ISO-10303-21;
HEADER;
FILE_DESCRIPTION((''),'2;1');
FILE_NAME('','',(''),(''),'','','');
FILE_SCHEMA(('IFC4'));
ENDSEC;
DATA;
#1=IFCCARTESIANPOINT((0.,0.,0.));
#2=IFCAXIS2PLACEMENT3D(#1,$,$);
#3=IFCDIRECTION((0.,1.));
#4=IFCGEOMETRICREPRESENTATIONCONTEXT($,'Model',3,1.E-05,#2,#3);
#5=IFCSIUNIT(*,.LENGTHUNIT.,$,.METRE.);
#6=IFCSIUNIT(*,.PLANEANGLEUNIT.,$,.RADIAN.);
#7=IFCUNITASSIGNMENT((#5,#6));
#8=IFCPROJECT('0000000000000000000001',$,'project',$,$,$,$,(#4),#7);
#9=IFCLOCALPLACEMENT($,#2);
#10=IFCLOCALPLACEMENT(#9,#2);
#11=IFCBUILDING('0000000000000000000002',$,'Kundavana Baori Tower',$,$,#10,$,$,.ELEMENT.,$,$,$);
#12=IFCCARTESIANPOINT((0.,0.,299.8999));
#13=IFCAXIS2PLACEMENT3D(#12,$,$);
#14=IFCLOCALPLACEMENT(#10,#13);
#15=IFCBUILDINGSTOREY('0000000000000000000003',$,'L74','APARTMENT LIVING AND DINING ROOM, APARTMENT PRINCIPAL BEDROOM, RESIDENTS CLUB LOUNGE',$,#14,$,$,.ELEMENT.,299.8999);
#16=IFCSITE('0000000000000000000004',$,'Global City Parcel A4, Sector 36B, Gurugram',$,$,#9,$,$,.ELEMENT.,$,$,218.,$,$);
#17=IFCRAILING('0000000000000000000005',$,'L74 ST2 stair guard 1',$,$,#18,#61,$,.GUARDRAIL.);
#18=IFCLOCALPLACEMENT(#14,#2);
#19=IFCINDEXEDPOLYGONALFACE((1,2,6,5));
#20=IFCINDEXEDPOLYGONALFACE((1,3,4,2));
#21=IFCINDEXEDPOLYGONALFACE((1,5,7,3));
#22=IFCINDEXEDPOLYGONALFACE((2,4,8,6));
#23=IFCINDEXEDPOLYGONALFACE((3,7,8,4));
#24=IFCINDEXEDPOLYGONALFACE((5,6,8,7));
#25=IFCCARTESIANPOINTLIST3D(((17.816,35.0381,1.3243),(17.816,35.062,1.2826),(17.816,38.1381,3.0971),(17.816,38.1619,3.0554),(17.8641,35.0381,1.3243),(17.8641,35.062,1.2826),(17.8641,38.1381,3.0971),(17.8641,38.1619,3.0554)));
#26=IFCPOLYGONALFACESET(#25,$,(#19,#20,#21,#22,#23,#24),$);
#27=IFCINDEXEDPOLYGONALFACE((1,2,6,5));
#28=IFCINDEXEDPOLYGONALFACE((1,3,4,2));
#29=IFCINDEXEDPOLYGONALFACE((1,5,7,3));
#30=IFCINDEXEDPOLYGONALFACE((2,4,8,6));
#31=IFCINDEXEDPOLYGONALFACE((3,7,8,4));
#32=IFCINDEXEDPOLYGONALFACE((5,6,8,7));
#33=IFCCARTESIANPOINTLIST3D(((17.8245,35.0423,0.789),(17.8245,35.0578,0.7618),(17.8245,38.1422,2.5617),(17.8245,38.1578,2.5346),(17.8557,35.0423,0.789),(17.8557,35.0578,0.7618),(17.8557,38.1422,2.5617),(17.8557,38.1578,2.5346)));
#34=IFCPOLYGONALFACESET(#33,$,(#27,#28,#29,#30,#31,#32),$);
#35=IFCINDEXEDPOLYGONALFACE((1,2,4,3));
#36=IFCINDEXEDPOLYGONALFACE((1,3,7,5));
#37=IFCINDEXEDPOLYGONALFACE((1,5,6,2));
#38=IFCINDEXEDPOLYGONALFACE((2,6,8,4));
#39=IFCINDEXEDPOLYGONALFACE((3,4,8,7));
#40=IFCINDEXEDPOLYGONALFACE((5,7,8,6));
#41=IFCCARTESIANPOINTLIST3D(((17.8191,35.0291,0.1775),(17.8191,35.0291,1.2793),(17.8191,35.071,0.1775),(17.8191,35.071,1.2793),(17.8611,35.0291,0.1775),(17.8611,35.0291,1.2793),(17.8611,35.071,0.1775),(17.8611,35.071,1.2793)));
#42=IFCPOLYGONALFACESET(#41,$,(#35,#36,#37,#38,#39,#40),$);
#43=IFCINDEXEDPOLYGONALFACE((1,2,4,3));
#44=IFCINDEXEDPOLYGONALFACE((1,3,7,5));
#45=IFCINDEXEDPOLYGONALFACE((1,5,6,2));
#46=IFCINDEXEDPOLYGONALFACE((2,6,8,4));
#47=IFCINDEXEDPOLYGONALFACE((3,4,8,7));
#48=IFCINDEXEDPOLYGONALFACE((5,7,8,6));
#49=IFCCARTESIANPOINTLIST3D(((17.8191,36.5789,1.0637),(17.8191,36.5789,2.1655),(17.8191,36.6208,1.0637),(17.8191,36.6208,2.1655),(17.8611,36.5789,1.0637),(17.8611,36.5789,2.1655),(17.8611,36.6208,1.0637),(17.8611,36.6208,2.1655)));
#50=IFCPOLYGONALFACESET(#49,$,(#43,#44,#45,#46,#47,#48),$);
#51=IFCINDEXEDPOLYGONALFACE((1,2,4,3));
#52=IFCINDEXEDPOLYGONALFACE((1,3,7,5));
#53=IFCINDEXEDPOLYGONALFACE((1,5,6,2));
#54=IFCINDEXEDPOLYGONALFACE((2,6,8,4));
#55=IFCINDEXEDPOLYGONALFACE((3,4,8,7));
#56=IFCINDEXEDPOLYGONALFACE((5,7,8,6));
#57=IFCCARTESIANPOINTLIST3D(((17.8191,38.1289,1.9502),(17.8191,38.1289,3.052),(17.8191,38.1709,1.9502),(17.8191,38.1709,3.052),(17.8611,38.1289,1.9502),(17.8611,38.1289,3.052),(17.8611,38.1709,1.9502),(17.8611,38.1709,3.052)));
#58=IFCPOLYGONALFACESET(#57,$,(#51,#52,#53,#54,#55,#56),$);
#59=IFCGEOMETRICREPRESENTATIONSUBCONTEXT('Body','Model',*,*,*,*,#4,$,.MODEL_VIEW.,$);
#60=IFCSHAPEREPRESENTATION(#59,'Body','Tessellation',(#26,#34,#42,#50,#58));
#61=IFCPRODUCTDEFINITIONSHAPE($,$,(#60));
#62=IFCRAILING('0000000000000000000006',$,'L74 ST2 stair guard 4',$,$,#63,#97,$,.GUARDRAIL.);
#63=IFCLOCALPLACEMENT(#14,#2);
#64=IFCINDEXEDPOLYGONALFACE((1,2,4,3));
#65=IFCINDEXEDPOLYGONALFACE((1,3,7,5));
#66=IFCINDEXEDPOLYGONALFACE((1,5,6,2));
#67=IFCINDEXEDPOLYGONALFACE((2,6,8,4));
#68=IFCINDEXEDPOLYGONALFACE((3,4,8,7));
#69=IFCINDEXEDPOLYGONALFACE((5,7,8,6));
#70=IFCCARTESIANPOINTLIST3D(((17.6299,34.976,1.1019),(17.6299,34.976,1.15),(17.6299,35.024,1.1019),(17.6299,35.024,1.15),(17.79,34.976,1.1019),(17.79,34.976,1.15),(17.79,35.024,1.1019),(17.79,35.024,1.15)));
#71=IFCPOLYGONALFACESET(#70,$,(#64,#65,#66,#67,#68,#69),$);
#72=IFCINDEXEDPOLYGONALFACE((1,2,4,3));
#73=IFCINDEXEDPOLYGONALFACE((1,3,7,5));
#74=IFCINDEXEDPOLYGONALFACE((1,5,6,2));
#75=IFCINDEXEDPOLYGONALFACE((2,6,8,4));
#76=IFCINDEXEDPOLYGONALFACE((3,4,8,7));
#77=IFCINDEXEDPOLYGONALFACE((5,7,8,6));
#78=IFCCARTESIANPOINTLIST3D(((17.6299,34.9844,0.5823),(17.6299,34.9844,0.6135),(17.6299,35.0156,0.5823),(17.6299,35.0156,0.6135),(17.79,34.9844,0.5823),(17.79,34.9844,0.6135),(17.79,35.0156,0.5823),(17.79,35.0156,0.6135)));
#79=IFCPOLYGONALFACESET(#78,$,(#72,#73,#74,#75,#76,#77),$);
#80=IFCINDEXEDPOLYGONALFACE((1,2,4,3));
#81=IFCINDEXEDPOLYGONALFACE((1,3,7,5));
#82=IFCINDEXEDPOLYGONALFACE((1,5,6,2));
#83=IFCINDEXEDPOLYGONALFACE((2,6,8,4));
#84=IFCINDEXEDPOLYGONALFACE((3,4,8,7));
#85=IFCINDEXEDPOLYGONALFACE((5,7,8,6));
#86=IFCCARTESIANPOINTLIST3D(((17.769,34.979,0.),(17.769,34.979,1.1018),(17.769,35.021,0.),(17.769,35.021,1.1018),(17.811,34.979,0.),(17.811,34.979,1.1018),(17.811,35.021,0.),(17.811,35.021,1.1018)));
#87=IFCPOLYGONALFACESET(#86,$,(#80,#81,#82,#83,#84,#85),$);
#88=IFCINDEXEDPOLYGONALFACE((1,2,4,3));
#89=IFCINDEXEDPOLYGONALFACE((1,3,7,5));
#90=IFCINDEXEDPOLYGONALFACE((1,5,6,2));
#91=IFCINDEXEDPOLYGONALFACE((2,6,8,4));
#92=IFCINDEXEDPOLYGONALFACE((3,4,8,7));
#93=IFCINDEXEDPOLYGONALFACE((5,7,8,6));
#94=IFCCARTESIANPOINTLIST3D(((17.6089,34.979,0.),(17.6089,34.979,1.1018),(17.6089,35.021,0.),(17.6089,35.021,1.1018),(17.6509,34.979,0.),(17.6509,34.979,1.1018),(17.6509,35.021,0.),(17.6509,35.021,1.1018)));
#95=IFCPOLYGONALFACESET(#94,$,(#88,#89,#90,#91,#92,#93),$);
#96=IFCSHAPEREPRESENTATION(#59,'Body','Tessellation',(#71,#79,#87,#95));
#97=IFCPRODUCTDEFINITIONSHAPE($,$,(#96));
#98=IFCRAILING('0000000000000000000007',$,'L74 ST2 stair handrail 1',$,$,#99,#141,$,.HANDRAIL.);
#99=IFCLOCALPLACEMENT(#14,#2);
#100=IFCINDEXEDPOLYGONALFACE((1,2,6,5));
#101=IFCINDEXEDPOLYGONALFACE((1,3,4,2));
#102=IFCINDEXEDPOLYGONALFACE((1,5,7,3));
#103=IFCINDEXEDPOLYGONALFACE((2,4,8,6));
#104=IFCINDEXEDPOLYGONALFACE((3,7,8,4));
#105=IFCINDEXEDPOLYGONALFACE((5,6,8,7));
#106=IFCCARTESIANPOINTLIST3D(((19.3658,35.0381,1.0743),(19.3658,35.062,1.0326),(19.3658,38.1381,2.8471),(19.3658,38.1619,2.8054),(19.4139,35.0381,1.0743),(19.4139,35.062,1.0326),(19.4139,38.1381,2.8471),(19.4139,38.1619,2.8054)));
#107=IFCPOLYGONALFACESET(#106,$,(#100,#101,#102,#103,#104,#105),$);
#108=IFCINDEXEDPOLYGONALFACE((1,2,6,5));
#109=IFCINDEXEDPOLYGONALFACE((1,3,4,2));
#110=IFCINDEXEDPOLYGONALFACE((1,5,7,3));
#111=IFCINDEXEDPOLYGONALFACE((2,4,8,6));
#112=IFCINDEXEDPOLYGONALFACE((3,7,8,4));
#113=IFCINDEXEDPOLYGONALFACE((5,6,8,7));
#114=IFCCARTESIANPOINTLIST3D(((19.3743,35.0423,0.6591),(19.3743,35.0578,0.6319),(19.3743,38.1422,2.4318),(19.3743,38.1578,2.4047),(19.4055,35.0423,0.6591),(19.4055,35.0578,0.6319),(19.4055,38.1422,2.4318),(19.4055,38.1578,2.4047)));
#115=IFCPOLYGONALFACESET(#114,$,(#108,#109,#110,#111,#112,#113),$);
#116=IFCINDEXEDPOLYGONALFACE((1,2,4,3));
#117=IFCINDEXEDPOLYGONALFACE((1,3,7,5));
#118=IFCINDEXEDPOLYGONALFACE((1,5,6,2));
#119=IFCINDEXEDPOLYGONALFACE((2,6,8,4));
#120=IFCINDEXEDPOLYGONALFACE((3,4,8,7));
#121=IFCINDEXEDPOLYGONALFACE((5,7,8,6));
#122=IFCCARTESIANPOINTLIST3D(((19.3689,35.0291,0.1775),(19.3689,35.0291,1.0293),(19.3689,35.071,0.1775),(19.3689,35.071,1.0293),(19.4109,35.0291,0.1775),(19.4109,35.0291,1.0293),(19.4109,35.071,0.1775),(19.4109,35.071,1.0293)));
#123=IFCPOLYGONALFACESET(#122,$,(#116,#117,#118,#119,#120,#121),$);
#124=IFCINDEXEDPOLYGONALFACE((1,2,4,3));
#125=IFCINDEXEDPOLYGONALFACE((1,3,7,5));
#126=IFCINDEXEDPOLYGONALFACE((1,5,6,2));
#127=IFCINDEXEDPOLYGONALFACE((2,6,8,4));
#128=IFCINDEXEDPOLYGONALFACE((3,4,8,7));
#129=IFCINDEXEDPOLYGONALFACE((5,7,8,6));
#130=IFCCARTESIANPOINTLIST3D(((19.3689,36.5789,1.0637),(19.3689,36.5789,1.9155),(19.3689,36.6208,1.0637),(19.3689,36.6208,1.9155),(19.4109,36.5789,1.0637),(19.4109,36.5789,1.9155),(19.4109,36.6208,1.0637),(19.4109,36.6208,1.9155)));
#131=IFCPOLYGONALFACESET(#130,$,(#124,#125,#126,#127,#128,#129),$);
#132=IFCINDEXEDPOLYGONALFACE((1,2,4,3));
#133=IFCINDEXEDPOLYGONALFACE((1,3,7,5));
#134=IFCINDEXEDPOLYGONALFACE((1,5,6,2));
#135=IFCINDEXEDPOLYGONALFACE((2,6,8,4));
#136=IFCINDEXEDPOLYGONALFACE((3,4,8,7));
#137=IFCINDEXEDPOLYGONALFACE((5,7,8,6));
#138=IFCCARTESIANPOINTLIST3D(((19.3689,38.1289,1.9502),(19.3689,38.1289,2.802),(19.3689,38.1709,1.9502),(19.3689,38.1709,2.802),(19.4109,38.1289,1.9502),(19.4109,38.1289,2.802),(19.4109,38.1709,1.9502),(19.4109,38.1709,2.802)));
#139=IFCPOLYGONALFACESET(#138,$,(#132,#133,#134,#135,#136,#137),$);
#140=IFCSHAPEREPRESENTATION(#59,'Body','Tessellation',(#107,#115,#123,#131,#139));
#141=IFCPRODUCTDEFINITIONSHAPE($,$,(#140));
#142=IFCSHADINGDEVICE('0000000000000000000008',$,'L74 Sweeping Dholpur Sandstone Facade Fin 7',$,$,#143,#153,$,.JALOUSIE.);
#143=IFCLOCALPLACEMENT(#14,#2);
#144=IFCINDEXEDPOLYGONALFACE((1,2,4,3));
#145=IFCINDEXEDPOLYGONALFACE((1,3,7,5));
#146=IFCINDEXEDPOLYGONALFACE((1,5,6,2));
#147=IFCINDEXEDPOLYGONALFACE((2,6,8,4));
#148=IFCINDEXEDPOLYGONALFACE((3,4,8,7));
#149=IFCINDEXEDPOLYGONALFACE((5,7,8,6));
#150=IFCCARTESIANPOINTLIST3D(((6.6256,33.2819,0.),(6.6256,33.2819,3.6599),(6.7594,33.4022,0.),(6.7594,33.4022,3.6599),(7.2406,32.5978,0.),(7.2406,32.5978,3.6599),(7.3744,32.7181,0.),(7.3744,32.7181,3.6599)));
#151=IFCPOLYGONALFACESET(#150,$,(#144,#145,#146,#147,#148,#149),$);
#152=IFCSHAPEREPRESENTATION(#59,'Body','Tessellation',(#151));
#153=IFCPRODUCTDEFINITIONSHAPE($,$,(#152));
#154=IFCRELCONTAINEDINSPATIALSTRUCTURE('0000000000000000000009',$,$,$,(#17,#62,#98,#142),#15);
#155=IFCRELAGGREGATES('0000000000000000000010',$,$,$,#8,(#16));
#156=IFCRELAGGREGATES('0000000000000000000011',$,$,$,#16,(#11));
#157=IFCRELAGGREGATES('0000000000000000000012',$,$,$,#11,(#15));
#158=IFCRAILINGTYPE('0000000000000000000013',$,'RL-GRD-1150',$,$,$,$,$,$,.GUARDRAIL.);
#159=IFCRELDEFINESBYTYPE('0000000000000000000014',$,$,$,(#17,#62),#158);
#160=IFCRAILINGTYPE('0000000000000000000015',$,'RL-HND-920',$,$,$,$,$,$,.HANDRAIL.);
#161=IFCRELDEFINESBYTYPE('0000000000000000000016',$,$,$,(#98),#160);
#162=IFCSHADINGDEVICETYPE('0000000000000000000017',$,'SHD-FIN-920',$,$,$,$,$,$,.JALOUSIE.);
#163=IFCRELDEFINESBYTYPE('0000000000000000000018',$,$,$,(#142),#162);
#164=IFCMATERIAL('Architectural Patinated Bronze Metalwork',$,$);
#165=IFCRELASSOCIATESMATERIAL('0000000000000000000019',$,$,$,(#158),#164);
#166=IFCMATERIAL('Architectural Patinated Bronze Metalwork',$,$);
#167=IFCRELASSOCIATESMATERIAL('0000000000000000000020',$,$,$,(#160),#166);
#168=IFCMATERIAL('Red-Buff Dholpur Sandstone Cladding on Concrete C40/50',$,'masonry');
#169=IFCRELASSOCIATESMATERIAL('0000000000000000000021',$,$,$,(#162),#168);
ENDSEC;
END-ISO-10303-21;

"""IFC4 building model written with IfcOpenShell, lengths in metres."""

from ifc_helpers import new_model, si_unit, direction, frame, origin, origin_2d, place, context, subcontext, project, spatial, rectangle, extrude, material, type_object, element, save


model = new_model("IFC4")

# Units and contexts
model_context = context("Model", 3, precision=1e-05, world=origin(), true_north=direction((0.0, 1.0)))
body_context = subcontext(model_context, "Body", "Model", "MODEL_VIEW")
ifc_project = project(units=[si_unit("LENGTHUNIT", "METRE"), si_unit("PLANEANGLEUNIT", "RADIAN")], contexts=[model_context])

# Site, building, storey
site_placement = place(None, origin())
site = spatial("IfcSite", under=ifc_project, at=site_placement, Name="Global City Parcel A4, Sector 36B, Gurugram", CompositionType="ELEMENT", RefElevation=218.0)
building_placement = place(site_placement, origin())
building = spatial("IfcBuilding", under=site, at=building_placement, Name="Kundavana Baori Tower", CompositionType="ELEMENT")
storey_placement = place(building_placement, frame((0.0, 0.0, 299.8999)))
storey = spatial("IfcBuildingStorey", under=building, at=storey_placement, Name="L74", Description="APARTMENT LIVING AND DINING ROOM, APARTMENT PRINCIPAL BEDROOM, RESIDENTS CLUB LOUNGE", CompositionType="ELEMENT", Elevation=299.8999)

# Railings
ifc_material_1 = material(Name="Architectural Patinated Bronze Metalwork")
railing_type_1 = type_object("IfcRailingType", Name="RL-GRD-1150", PredefinedType="GUARDRAIL", material=ifc_material_1)
railing_1_placement = place(storey_placement, frame((17.8401, 35.05, 0.1775)))
element("IfcRailing", 1, at=railing_1_placement, inside=storey, type_object=railing_type_1, Name="L74 ST2 stair guard 1", PredefinedType="GUARDRAIL", context=body_context, shape_type="SweptSolid", body=[
    extrude(rectangle(XDim=0.0481, YDim=0.0481, at=origin_2d()), frame((0.0, 0.0, 1.126), z_axis=(0.0, 0.868079, 0.496426), x_axis=(-1.0, 0.0, 0.0)), (0.0, 0.0, 1.0), 3.571),
    extrude(rectangle(XDim=0.0312, YDim=0.0312, at=origin_2d()), frame((0.0, 0.0, 0.5979), z_axis=(0.0, 0.868079, 0.496426), x_axis=(-1.0, 0.0, 0.0)), (0.0, 0.0, 1.0), 3.571),
    extrude(rectangle(XDim=0.042, YDim=0.042, at=origin_2d()), origin(), (0.0, 0.0, 1.0), 1.1018),
    extrude(rectangle(XDim=0.042, YDim=0.042, at=origin_2d()), frame((0.0, 1.5498, 0.8862)), (0.0, 0.0, 1.0), 1.1018),
    extrude(rectangle(XDim=0.042, YDim=0.042, at=origin_2d()), frame((0.0, 3.0999, 1.7727)), (0.0, 0.0, 1.0), 1.1018),
])
railing_2_placement = place(storey_placement, frame((17.79, 35.0, 0.0)))
element("IfcRailing", 2, at=railing_2_placement, inside=storey, type_object=railing_type_1, Name="L74 ST2 stair guard 4", PredefinedType="GUARDRAIL", context=body_context, shape_type="SweptSolid", body=[
    extrude(rectangle(XDim=0.0481, YDim=0.0481, at=origin_2d()), frame((0.0, 0.0, 1.126), z_axis=(-1.0, 0.0, 0.0), x_axis=(0.0, -1.0, 0.0)), (0.0, 0.0, 1.0), 0.1602),
    extrude(rectangle(XDim=0.0312, YDim=0.0312, at=origin_2d()), frame((0.0, 0.0, 0.5979), z_axis=(-1.0, 0.0, 0.0), x_axis=(0.0, -1.0, 0.0)), (0.0, 0.0, 1.0), 0.1602),
    extrude(rectangle(XDim=0.042, YDim=0.042, at=origin_2d()), origin(), (0.0, 0.0, 1.0), 1.1018),
    extrude(rectangle(XDim=0.042, YDim=0.042, at=origin_2d()), frame((-0.1602, 0.0, 0.0)), (0.0, 0.0, 1.0), 1.1018),
])
ifc_material_2 = material(Name="Architectural Patinated Bronze Metalwork")
railing_type_2 = type_object("IfcRailingType", Name="RL-HND-920", PredefinedType="HANDRAIL", material=ifc_material_2)
railing_3_placement = place(storey_placement, frame((19.3899, 35.05, 0.1775)))
element("IfcRailing", 3, at=railing_3_placement, inside=storey, type_object=railing_type_2, Name="L74 ST2 stair handrail 1", PredefinedType="HANDRAIL", context=body_context, shape_type="SweptSolid", body=[
    extrude(rectangle(XDim=0.0481, YDim=0.0481, at=origin_2d()), frame((0.0, 0.0, 0.876), z_axis=(0.0, 0.868079, 0.496426), x_axis=(-1.0, 0.0, 0.0)), (0.0, 0.0, 1.0), 3.571),
    extrude(rectangle(XDim=0.0312, YDim=0.0312, at=origin_2d()), frame((0.0, 0.0, 0.468), z_axis=(0.0, 0.868079, 0.496426), x_axis=(-1.0, 0.0, 0.0)), (0.0, 0.0, 1.0), 3.571),
    extrude(rectangle(XDim=0.042, YDim=0.042, at=origin_2d()), origin(), (0.0, 0.0, 1.0), 0.8518),
    extrude(rectangle(XDim=0.042, YDim=0.042, at=origin_2d()), frame((0.0, 1.5498, 0.8862)), (0.0, 0.0, 1.0), 0.8518),
    extrude(rectangle(XDim=0.042, YDim=0.042, at=origin_2d()), frame((0.0, 3.0999, 1.7727)), (0.0, 0.0, 1.0), 0.8518),
])

# Shading device
ifc_material_3 = material(Name="Red-Buff Dholpur Sandstone Cladding on Concrete C40/50", Category="masonry")
shading_device_type = type_object("IfcShadingDeviceType", Name="SHD-FIN-920", PredefinedType="JALOUSIE", material=ifc_material_3)
shading_device_placement = place(storey_placement, frame((7.0, 33.0, 0.0), z_axis=(0.0, 0.0, 1.0), x_axis=(0.743612, 0.668612, 0.0)))
element("IfcShadingDevice", 4, at=shading_device_placement, inside=storey, type_object=shading_device_type, Name="L74 Sweeping Dholpur Sandstone Facade Fin 7", PredefinedType="JALOUSIE", context=body_context, shape_type="SweptSolid", body=[
    extrude(rectangle(XDim=0.1799, YDim=0.9199, at=origin_2d()), origin(), (0.0, 0.0, 1.0), 3.6599),
])

save(model, "model.ifc")
